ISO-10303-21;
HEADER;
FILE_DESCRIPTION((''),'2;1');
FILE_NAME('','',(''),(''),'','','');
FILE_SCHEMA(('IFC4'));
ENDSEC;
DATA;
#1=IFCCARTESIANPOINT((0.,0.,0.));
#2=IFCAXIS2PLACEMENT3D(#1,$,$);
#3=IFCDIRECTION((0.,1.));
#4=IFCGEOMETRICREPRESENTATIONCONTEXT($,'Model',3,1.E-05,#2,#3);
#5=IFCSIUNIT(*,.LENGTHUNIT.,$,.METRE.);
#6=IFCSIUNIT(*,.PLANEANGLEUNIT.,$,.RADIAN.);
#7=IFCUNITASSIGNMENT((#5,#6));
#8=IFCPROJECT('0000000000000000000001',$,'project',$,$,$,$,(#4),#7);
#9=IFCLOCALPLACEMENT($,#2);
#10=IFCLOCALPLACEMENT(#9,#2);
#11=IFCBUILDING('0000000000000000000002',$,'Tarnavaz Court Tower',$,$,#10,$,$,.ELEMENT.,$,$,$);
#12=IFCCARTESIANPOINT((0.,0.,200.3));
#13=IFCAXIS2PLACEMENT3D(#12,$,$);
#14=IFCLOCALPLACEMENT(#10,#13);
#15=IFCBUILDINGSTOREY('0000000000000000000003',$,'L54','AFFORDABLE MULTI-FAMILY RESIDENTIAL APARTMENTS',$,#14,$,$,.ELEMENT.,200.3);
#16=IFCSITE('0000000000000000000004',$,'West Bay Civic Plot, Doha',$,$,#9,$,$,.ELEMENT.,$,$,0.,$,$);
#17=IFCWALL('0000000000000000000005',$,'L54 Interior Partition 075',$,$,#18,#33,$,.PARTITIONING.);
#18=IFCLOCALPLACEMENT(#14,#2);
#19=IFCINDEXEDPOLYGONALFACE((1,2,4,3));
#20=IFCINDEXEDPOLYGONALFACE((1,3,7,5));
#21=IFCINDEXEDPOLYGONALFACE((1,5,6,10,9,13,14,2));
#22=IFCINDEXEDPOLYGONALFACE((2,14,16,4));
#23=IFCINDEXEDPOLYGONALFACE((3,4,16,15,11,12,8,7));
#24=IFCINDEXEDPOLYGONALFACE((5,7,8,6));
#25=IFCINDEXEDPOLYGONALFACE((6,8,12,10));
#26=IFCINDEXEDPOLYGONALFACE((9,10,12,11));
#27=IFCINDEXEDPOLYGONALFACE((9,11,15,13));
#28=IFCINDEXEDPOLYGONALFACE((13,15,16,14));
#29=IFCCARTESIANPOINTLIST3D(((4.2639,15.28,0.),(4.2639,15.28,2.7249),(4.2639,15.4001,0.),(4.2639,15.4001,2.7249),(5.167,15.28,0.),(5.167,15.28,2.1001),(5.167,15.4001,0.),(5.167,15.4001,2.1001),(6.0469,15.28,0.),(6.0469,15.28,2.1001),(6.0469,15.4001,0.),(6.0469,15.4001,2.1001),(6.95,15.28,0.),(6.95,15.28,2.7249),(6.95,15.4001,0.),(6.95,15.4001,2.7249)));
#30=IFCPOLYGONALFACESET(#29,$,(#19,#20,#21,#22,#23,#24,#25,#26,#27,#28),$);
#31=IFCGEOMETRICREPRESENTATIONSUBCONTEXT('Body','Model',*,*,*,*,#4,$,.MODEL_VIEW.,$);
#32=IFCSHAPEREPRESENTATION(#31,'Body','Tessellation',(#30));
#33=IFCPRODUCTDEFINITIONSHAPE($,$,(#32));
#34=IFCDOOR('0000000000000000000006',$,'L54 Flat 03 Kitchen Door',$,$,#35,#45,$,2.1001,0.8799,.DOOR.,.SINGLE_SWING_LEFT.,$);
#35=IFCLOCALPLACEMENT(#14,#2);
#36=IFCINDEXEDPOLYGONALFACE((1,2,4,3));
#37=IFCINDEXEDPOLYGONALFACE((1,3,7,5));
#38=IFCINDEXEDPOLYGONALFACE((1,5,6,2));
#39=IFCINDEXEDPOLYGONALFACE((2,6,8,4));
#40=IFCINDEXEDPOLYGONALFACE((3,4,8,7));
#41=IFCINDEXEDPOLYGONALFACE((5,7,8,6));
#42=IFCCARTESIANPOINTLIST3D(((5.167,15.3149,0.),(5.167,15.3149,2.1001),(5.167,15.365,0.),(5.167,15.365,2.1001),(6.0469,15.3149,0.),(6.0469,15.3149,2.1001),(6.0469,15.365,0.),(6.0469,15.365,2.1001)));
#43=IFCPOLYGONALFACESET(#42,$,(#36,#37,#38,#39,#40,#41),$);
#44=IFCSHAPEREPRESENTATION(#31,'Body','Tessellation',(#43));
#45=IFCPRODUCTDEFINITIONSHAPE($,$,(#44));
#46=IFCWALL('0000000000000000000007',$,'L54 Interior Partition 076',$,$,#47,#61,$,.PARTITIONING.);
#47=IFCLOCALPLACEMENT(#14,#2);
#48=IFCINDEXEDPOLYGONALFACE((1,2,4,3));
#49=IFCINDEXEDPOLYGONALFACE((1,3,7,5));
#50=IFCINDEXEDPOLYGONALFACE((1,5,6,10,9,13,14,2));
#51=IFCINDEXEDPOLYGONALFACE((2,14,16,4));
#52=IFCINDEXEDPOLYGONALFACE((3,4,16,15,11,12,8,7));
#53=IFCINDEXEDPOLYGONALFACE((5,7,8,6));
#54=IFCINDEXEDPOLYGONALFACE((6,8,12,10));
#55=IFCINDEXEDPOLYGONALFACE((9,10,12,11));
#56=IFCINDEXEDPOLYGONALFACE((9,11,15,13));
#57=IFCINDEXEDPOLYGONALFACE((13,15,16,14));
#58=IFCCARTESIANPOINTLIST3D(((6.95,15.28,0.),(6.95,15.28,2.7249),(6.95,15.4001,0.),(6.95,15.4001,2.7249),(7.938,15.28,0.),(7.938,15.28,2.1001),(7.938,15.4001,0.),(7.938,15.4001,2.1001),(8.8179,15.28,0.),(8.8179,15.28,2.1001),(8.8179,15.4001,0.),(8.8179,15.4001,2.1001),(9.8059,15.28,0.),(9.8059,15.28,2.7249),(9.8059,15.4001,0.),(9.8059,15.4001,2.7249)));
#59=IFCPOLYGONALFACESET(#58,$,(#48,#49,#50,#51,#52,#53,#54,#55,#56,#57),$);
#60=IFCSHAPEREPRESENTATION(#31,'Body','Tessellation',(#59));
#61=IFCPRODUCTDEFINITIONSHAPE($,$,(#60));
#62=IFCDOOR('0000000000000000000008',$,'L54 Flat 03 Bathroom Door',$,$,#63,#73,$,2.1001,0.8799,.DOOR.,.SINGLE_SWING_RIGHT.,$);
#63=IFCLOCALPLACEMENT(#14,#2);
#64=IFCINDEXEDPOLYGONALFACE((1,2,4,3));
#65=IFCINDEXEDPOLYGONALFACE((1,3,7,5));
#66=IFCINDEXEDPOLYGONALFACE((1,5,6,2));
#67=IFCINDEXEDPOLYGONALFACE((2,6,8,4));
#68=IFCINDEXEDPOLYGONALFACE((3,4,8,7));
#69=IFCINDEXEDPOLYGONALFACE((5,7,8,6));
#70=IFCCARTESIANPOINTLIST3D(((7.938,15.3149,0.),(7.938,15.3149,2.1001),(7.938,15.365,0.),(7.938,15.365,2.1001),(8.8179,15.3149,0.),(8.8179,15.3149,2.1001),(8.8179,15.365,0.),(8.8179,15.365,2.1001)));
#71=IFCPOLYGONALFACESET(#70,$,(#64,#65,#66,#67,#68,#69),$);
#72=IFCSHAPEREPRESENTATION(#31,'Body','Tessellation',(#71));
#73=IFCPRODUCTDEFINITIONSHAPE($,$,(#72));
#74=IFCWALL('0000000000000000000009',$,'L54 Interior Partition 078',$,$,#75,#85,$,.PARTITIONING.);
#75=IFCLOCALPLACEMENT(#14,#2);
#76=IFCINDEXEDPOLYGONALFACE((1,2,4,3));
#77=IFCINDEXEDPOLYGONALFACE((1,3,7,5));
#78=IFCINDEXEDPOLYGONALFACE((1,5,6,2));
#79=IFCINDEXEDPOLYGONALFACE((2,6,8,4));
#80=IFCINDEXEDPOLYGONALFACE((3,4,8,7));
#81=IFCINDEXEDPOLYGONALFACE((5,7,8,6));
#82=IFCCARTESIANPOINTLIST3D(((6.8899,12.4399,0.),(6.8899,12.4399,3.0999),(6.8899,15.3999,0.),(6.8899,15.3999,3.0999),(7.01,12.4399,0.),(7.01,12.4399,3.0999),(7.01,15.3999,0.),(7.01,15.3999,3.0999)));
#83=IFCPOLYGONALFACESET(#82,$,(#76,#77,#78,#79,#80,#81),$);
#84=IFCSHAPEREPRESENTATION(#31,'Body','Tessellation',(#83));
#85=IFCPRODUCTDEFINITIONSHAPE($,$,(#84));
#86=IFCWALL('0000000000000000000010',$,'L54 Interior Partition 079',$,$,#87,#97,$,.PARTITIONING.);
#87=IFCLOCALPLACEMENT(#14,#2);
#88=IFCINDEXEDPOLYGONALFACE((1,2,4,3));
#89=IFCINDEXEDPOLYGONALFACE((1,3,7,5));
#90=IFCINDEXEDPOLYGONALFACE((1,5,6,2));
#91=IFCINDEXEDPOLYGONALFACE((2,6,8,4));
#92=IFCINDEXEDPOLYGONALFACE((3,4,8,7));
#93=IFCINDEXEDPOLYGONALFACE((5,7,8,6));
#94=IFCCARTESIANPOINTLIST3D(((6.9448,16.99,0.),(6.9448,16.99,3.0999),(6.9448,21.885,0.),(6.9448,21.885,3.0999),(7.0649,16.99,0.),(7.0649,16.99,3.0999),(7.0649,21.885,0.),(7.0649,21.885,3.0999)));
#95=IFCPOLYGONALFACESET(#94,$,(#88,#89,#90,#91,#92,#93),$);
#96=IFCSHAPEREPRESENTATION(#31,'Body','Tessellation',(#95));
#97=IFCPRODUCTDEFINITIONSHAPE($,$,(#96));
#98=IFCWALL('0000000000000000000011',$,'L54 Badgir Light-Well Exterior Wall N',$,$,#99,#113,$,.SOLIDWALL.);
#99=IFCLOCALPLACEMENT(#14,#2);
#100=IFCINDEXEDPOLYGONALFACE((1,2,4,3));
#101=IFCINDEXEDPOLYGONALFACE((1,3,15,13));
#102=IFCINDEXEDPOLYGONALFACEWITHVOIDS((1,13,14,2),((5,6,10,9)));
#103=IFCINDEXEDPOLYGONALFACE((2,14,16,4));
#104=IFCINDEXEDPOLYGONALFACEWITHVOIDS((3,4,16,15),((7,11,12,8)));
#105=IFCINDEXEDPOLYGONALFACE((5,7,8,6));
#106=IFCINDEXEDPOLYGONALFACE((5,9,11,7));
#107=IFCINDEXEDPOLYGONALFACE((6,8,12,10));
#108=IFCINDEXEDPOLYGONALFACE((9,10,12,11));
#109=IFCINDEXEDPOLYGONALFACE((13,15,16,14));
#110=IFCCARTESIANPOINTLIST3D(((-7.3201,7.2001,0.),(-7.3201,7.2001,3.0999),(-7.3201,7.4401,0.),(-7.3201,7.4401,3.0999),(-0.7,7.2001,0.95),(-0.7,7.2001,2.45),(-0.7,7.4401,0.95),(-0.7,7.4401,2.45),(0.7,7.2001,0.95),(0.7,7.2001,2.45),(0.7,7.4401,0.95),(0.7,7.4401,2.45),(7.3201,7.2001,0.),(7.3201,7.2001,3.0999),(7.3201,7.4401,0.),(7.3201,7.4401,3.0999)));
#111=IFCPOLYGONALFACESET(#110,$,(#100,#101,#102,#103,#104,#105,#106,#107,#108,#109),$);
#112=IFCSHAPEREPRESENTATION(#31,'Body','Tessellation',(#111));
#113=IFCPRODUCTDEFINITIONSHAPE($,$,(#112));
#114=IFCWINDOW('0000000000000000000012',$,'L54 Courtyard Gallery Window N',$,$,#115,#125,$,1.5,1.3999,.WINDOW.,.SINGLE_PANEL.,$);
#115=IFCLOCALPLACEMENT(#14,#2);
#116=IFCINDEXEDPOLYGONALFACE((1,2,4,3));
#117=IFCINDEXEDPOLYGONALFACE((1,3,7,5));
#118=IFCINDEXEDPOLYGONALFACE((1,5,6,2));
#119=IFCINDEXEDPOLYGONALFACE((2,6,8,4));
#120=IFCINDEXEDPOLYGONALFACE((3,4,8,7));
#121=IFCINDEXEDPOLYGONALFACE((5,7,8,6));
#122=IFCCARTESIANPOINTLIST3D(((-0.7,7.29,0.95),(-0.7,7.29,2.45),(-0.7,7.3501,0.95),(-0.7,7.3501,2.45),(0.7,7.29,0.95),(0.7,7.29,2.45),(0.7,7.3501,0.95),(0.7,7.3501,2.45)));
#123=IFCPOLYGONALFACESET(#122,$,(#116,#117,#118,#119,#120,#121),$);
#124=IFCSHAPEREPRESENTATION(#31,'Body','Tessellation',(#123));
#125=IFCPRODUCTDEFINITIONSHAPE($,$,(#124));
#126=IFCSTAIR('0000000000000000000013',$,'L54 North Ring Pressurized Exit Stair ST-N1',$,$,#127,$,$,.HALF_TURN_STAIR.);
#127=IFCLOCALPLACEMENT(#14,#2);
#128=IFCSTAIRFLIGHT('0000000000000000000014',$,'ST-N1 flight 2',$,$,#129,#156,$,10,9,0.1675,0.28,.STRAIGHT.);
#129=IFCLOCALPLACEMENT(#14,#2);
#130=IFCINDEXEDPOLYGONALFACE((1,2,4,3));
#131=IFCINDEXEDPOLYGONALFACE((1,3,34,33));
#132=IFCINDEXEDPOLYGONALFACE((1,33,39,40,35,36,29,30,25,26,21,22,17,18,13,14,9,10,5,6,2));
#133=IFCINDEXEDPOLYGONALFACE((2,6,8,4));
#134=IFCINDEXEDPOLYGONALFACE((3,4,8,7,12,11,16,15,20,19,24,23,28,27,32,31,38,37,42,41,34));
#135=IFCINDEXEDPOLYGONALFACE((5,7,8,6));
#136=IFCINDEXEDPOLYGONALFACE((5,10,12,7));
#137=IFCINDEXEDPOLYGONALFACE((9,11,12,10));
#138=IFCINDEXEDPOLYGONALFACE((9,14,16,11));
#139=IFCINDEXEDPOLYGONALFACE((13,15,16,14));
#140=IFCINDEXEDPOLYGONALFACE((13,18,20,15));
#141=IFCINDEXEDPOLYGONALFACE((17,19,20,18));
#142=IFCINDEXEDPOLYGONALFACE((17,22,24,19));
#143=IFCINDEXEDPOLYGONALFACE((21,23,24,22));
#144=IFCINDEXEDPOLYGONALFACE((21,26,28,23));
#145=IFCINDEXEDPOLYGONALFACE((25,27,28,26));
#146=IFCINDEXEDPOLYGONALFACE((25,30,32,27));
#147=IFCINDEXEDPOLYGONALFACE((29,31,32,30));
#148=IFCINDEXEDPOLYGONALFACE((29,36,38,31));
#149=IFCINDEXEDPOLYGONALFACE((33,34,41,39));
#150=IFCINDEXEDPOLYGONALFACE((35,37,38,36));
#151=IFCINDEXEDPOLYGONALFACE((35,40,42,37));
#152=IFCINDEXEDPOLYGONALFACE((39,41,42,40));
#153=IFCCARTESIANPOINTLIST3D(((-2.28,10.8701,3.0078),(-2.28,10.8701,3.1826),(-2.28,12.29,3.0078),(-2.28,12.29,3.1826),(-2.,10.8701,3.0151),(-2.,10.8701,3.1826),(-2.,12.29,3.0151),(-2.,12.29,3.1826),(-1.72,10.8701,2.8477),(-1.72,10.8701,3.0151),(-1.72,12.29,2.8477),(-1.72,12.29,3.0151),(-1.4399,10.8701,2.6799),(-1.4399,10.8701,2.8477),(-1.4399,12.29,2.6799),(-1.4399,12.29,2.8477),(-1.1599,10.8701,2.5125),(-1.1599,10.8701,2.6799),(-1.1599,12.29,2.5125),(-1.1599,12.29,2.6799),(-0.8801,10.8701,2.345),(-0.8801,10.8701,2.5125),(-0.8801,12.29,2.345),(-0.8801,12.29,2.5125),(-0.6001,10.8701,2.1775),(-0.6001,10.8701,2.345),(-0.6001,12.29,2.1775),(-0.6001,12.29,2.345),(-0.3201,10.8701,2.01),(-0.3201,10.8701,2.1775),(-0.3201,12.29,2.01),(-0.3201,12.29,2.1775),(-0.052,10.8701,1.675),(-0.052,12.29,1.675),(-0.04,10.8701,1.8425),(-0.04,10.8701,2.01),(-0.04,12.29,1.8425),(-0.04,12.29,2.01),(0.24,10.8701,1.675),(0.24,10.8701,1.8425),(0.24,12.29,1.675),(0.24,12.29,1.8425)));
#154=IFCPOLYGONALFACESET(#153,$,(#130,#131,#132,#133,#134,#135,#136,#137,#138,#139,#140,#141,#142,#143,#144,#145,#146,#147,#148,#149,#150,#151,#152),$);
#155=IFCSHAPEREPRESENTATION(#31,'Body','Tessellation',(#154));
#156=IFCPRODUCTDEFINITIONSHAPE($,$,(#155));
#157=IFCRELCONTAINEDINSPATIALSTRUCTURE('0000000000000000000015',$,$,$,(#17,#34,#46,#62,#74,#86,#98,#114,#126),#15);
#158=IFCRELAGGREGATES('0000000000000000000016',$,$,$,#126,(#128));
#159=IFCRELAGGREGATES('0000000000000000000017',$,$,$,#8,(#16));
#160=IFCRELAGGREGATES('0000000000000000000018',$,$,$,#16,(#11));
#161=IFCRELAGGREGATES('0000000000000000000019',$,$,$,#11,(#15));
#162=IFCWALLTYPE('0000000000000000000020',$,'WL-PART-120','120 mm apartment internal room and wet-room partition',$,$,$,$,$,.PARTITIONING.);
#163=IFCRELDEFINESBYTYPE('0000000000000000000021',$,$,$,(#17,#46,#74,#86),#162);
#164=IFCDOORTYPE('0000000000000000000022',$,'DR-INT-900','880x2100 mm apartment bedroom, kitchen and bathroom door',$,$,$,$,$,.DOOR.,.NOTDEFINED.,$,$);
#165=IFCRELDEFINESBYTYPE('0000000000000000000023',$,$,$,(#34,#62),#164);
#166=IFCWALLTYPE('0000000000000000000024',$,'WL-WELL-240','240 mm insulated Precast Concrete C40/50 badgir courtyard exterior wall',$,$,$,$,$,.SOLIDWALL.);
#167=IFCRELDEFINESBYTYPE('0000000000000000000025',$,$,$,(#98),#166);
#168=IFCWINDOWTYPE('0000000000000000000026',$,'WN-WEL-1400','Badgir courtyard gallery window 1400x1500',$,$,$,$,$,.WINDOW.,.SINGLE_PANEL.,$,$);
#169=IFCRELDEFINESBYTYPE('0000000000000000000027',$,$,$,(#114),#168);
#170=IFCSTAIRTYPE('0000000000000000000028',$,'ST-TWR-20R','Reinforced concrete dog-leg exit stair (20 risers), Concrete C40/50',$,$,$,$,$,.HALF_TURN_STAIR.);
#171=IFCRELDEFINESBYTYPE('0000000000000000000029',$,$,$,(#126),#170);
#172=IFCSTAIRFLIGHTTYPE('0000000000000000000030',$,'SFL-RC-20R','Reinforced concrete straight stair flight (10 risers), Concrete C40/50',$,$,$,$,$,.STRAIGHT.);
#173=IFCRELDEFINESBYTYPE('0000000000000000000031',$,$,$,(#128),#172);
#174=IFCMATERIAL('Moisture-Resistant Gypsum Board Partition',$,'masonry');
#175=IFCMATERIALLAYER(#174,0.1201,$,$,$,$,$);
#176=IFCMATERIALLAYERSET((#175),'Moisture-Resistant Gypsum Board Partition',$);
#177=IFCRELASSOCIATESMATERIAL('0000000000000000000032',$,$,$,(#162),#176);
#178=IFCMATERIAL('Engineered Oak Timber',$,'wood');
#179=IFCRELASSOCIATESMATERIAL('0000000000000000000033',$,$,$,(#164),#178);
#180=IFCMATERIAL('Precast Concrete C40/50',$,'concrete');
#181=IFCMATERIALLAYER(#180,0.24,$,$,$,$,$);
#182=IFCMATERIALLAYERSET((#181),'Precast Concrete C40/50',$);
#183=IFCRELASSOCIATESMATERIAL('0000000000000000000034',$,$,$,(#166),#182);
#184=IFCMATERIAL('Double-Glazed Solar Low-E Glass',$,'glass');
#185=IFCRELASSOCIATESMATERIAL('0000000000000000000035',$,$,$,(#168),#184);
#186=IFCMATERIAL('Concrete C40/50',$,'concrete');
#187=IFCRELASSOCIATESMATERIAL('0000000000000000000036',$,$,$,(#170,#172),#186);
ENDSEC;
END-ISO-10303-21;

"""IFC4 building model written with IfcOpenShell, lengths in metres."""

from ifc_helpers import new_model, si_unit, direction, frame, frame_2d, origin, place, context, subcontext, project, spatial, polyline, rectangle, outline, extrude, material, layer, layer_set, type_object, element, fill, aggregate, save


model = new_model("IFC4")

# Units and contexts
model_context = context("Model", 3, precision=1e-05, world=origin(), true_north=direction((0.0, 1.0)))
body_context = subcontext(model_context, "Body", "Model", "MODEL_VIEW")
ifc_project = project(units=[si_unit("LENGTHUNIT", "METRE"), si_unit("PLANEANGLEUNIT", "RADIAN")], contexts=[model_context])

# Site, building, storey
site_placement = place(None, origin())
site = spatial("IfcSite", under=ifc_project, at=site_placement, Name="West Bay Civic Plot, Doha", CompositionType="ELEMENT", RefElevation=0.0)
building_placement = place(site_placement, origin())
building = spatial("IfcBuilding", under=site, at=building_placement, Name="Tarnavaz Court Tower", CompositionType="ELEMENT")
storey_placement = place(building_placement, frame((0.0, 0.0, 200.3)))
storey = spatial("IfcBuildingStorey", under=building, at=storey_placement, Name="L54", Description="AFFORDABLE MULTI-FAMILY RESIDENTIAL APARTMENTS", CompositionType="ELEMENT", Elevation=200.3)

# Shared definitions
ifc_material_1 = material(Name="Moisture-Resistant Gypsum Board Partition", Category="masonry")
ifc_layer_1 = layer(ifc_material_1, 0.1201)
ifc_layer_set_1 = layer_set([ifc_layer_1], Name="Moisture-Resistant Gypsum Board Partition")
wall_type_1 = type_object("IfcWallType", Name="WL-PART-120", Description="120 mm apartment internal room and wet-room partition", PredefinedType="PARTITIONING", material=ifc_layer_set_1)

# Walls, openings, doors
ifc_material_2 = material(Name="Engineered Oak Timber", Category="wood")
wall_1_placement = place(storey_placement, frame((4.2639, 15.3401, 0.0), z_axis=(0.0, 0.0, 1.0), x_axis=(1.0, 0.0, 0.0)))
wall_1 = element("IfcWall", 1, at=wall_1_placement, inside=storey, type_object=wall_type_1, Name="L54 Interior Partition 075", PredefinedType="PARTITIONING", context=body_context, shape_type="SweptSolid", body=[
    extrude(rectangle(XDim=2.686, YDim=0.1201, at=frame_2d((1.343, 0.0))), origin(), (0.0, 0.0, 1.0), 2.7249),
])
opening_1_placement = place(wall_1_placement, frame((0.9031, 0.0, 0.0)))
opening_1 = element("IfcOpeningElement", 2, at=opening_1_placement, cuts=wall_1, PredefinedType="OPENING", context=body_context, shape_type="SweptSolid", body=[
    extrude(rectangle(XDim=0.8799, YDim=2.1001, at=frame_2d((0.4399, 1.05))), frame((0.0, 0.0701, 0.0), z_axis=(0.0, -1.0, 0.0), x_axis=(1.0, 0.0, 0.0)), (0.0, 0.0, 1.0), 0.1401),
])
door_type_1 = type_object("IfcDoorType", Name="DR-INT-900", Description="880x2100 mm apartment bedroom, kitchen and bathroom door", OperationType="NOTDEFINED", PredefinedType="DOOR", material=ifc_material_2)
door_1_placement = place(opening_1_placement, origin())
door_1 = element("IfcDoor", 3, at=door_1_placement, inside=storey, type_object=door_type_1, Name="L54 Flat 03 Kitchen Door", OperationType="SINGLE_SWING_LEFT", OverallHeight=2.1001, OverallWidth=0.8799, PredefinedType="DOOR", context=body_context, shape_type="SweptSolid", body=[
    extrude(rectangle(XDim=0.8799, YDim=2.1001, at=frame_2d((0.4399, 1.05))), frame((0.0, 0.0249, 0.0), z_axis=(0.0, -1.0, 0.0), x_axis=(1.0, 0.0, 0.0)), (0.0, 0.0, 1.0), 0.05),
])
fill(opening_1, door_1)
wall_2_placement = place(storey_placement, frame((6.95, 15.3401, 0.0), z_axis=(0.0, 0.0, 1.0), x_axis=(1.0, 0.0, 0.0)))
wall_2 = element("IfcWall", 4, at=wall_2_placement, inside=storey, type_object=wall_type_1, Name="L54 Interior Partition 076", PredefinedType="PARTITIONING", context=body_context, shape_type="SweptSolid", body=[
    extrude(rectangle(XDim=2.856, YDim=0.1201, at=frame_2d((1.428, 0.0))), origin(), (0.0, 0.0, 1.0), 2.7249),
])
opening_2_placement = place(wall_2_placement, frame((0.988, 0.0, 0.0)))
opening_2 = element("IfcOpeningElement", 5, at=opening_2_placement, cuts=wall_2, PredefinedType="OPENING", context=body_context, shape_type="SweptSolid", body=[
    extrude(rectangle(XDim=0.8799, YDim=2.1001, at=frame_2d((0.4399, 1.05))), frame((0.0, 0.0701, 0.0), z_axis=(0.0, -1.0, 0.0), x_axis=(1.0, 0.0, 0.0)), (0.0, 0.0, 1.0), 0.1401),
])
door_2_placement = place(opening_2_placement, origin())
door_2 = element("IfcDoor", 6, at=door_2_placement, inside=storey, type_object=door_type_1, Name="L54 Flat 03 Bathroom Door", OperationType="SINGLE_SWING_RIGHT", OverallHeight=2.1001, OverallWidth=0.8799, PredefinedType="DOOR", context=body_context, shape_type="SweptSolid", body=[
    extrude(rectangle(XDim=0.8799, YDim=2.1001, at=frame_2d((0.4399, 1.05))), frame((0.0, 0.0249, 0.0), z_axis=(0.0, -1.0, 0.0), x_axis=(1.0, 0.0, 0.0)), (0.0, 0.0, 1.0), 0.05),
])
fill(opening_2, door_2)

# Walls
wall_3_placement = place(storey_placement, frame((6.95, 12.4399, 0.0), z_axis=(0.0, 0.0, 1.0), x_axis=(0.0, 1.0, 0.0)))
element("IfcWall", 7, at=wall_3_placement, inside=storey, type_object=wall_type_1, Name="L54 Interior Partition 078", PredefinedType="PARTITIONING", context=body_context, shape_type="SweptSolid", body=[
    extrude(rectangle(XDim=2.96, YDim=0.1201, at=frame_2d((1.48, 0.0))), origin(), (0.0, 0.0, 1.0), 3.0999),
])
wall_4_placement = place(storey_placement, frame((7.0049, 16.99, 0.0), z_axis=(0.0, 0.0, 1.0), x_axis=(0.0, 1.0, 0.0)))
element("IfcWall", 8, at=wall_4_placement, inside=storey, type_object=wall_type_1, Name="L54 Interior Partition 079", PredefinedType="PARTITIONING", context=body_context, shape_type="SweptSolid", body=[
    extrude(rectangle(XDim=4.895, YDim=0.1201, at=frame_2d((2.4475, 0.0))), origin(), (0.0, 0.0, 1.0), 3.0999),
])

# Wall, opening, window
ifc_material_3 = material(Name="Precast Concrete C40/50", Category="concrete")
ifc_layer_2 = layer(ifc_material_3, 0.24)
ifc_layer_set_2 = layer_set([ifc_layer_2], Name="Precast Concrete C40/50")
wall_type_2 = type_object("IfcWallType", Name="WL-WELL-240", Description="240 mm insulated Precast Concrete C40/50 badgir courtyard exterior wall", PredefinedType="SOLIDWALL", material=ifc_layer_set_2)
wall_5_placement = place(storey_placement, frame((7.3201, 7.3201, 0.0), z_axis=(0.0, 0.0, 1.0), x_axis=(-1.0, 0.0, 0.0)))
wall_5 = element("IfcWall", 9, at=wall_5_placement, inside=storey, type_object=wall_type_2, Name="L54 Badgir Light-Well Exterior Wall N", PredefinedType="SOLIDWALL", context=body_context, shape_type="SweptSolid", body=[
    extrude(rectangle(XDim=14.6401, YDim=0.24, at=frame_2d((7.3201, 0.0))), origin(), (0.0, 0.0, 1.0), 3.0999),
])
opening_3_placement = place(wall_5_placement, frame((6.6201, 0.0, 0.95)))
opening_3 = element("IfcOpeningElement", 10, at=opening_3_placement, cuts=wall_5, PredefinedType="OPENING", context=body_context, shape_type="SweptSolid", body=[
    extrude(rectangle(XDim=1.3999, YDim=1.5, at=frame_2d((0.7, 0.75))), frame((0.0, 0.1299, 0.0), z_axis=(0.0, -1.0, 0.0), x_axis=(1.0, 0.0, 0.0)), (0.0, 0.0, 1.0), 0.26),
])
ifc_material_4 = material(Name="Double-Glazed Solar Low-E Glass", Category="glass")
window_type = type_object("IfcWindowType", Name="WN-WEL-1400", Description="Badgir courtyard gallery window 1400x1500", PartitioningType="SINGLE_PANEL", PredefinedType="WINDOW", material=ifc_material_4)
window_placement = place(opening_3_placement, origin())
window = element("IfcWindow", 11, at=window_placement, inside=storey, type_object=window_type, Name="L54 Courtyard Gallery Window N", OverallHeight=1.5, OverallWidth=1.3999, PartitioningType="SINGLE_PANEL", PredefinedType="WINDOW", context=body_context, shape_type="SweptSolid", body=[
    extrude(rectangle(XDim=1.3999, YDim=1.5, at=frame_2d((0.7, 0.75))), frame((0.0, 0.03, 0.0), z_axis=(0.0, -1.0, 0.0), x_axis=(1.0, 0.0, 0.0)), (0.0, 0.0, 1.0), 0.0601),
])
fill(opening_3, window)

# Stair, stair flight
ifc_material_5 = material(Name="Concrete C40/50", Category="concrete")
stair_type = type_object("IfcStairType", Name="ST-TWR-20R", Description="Reinforced concrete dog-leg exit stair (20 risers), Concrete C40/50", PredefinedType="HALF_TURN_STAIR", material=ifc_material_5)
stair_placement = place(storey_placement, origin())
stair = element("IfcStair", 12, at=stair_placement, inside=storey, type_object=stair_type, Name="L54 North Ring Pressurized Exit Stair ST-N1", PredefinedType="HALF_TURN_STAIR")
stair_flight_type = type_object("IfcStairFlightType", Name="SFL-RC-20R", Description="Reinforced concrete straight stair flight (10 risers), Concrete C40/50", PredefinedType="STRAIGHT", material=ifc_material_5)
stair_flight_placement = place(storey_placement, frame((0.24, 11.5801, 1.675), z_axis=(0.0, 0.0, 1.0), x_axis=(-1.0, 0.0, 0.0)))
stair_flight = element("IfcStairFlight", 13, at=stair_flight_placement, type_object=stair_flight_type, Name="ST-N1 flight 2", NumberOfRisers=10, NumberOfTreads=9, PredefinedType="STRAIGHT", RiserHeight=0.1675, TreadLength=0.28, context=body_context, shape_type="SweptSolid", body=[
    extrude(outline(polyline([(0.0, 0.0), (0.0, 0.1675), (0.28, 0.1675), (0.28, 0.335), (0.5601, 0.335), (0.5601, 0.5024), (0.8401, 0.5024), (0.8401, 0.6699), (1.1201, 0.6699), (1.1201, 0.8374), (1.3999, 0.8374), (1.3999, 1.0049), (1.6799, 1.0049), (1.6799, 1.1726), (1.96, 1.1726), (1.96, 1.3401), (2.24, 1.3401), (2.24, 1.5076), (2.52, 1.5076), (2.52, 1.675), (2.52, 1.3328), (0.292, 0.0), (0.0, 0.0)])), frame((0.0, 0.71, 0.0), z_axis=(0.0, -1.0, 0.0), x_axis=(1.0, 0.0, 0.0)), (0.0, 0.0, 1.0), 1.4199),
])
aggregate(stair, [stair_flight])

save(model, "model.ifc")
